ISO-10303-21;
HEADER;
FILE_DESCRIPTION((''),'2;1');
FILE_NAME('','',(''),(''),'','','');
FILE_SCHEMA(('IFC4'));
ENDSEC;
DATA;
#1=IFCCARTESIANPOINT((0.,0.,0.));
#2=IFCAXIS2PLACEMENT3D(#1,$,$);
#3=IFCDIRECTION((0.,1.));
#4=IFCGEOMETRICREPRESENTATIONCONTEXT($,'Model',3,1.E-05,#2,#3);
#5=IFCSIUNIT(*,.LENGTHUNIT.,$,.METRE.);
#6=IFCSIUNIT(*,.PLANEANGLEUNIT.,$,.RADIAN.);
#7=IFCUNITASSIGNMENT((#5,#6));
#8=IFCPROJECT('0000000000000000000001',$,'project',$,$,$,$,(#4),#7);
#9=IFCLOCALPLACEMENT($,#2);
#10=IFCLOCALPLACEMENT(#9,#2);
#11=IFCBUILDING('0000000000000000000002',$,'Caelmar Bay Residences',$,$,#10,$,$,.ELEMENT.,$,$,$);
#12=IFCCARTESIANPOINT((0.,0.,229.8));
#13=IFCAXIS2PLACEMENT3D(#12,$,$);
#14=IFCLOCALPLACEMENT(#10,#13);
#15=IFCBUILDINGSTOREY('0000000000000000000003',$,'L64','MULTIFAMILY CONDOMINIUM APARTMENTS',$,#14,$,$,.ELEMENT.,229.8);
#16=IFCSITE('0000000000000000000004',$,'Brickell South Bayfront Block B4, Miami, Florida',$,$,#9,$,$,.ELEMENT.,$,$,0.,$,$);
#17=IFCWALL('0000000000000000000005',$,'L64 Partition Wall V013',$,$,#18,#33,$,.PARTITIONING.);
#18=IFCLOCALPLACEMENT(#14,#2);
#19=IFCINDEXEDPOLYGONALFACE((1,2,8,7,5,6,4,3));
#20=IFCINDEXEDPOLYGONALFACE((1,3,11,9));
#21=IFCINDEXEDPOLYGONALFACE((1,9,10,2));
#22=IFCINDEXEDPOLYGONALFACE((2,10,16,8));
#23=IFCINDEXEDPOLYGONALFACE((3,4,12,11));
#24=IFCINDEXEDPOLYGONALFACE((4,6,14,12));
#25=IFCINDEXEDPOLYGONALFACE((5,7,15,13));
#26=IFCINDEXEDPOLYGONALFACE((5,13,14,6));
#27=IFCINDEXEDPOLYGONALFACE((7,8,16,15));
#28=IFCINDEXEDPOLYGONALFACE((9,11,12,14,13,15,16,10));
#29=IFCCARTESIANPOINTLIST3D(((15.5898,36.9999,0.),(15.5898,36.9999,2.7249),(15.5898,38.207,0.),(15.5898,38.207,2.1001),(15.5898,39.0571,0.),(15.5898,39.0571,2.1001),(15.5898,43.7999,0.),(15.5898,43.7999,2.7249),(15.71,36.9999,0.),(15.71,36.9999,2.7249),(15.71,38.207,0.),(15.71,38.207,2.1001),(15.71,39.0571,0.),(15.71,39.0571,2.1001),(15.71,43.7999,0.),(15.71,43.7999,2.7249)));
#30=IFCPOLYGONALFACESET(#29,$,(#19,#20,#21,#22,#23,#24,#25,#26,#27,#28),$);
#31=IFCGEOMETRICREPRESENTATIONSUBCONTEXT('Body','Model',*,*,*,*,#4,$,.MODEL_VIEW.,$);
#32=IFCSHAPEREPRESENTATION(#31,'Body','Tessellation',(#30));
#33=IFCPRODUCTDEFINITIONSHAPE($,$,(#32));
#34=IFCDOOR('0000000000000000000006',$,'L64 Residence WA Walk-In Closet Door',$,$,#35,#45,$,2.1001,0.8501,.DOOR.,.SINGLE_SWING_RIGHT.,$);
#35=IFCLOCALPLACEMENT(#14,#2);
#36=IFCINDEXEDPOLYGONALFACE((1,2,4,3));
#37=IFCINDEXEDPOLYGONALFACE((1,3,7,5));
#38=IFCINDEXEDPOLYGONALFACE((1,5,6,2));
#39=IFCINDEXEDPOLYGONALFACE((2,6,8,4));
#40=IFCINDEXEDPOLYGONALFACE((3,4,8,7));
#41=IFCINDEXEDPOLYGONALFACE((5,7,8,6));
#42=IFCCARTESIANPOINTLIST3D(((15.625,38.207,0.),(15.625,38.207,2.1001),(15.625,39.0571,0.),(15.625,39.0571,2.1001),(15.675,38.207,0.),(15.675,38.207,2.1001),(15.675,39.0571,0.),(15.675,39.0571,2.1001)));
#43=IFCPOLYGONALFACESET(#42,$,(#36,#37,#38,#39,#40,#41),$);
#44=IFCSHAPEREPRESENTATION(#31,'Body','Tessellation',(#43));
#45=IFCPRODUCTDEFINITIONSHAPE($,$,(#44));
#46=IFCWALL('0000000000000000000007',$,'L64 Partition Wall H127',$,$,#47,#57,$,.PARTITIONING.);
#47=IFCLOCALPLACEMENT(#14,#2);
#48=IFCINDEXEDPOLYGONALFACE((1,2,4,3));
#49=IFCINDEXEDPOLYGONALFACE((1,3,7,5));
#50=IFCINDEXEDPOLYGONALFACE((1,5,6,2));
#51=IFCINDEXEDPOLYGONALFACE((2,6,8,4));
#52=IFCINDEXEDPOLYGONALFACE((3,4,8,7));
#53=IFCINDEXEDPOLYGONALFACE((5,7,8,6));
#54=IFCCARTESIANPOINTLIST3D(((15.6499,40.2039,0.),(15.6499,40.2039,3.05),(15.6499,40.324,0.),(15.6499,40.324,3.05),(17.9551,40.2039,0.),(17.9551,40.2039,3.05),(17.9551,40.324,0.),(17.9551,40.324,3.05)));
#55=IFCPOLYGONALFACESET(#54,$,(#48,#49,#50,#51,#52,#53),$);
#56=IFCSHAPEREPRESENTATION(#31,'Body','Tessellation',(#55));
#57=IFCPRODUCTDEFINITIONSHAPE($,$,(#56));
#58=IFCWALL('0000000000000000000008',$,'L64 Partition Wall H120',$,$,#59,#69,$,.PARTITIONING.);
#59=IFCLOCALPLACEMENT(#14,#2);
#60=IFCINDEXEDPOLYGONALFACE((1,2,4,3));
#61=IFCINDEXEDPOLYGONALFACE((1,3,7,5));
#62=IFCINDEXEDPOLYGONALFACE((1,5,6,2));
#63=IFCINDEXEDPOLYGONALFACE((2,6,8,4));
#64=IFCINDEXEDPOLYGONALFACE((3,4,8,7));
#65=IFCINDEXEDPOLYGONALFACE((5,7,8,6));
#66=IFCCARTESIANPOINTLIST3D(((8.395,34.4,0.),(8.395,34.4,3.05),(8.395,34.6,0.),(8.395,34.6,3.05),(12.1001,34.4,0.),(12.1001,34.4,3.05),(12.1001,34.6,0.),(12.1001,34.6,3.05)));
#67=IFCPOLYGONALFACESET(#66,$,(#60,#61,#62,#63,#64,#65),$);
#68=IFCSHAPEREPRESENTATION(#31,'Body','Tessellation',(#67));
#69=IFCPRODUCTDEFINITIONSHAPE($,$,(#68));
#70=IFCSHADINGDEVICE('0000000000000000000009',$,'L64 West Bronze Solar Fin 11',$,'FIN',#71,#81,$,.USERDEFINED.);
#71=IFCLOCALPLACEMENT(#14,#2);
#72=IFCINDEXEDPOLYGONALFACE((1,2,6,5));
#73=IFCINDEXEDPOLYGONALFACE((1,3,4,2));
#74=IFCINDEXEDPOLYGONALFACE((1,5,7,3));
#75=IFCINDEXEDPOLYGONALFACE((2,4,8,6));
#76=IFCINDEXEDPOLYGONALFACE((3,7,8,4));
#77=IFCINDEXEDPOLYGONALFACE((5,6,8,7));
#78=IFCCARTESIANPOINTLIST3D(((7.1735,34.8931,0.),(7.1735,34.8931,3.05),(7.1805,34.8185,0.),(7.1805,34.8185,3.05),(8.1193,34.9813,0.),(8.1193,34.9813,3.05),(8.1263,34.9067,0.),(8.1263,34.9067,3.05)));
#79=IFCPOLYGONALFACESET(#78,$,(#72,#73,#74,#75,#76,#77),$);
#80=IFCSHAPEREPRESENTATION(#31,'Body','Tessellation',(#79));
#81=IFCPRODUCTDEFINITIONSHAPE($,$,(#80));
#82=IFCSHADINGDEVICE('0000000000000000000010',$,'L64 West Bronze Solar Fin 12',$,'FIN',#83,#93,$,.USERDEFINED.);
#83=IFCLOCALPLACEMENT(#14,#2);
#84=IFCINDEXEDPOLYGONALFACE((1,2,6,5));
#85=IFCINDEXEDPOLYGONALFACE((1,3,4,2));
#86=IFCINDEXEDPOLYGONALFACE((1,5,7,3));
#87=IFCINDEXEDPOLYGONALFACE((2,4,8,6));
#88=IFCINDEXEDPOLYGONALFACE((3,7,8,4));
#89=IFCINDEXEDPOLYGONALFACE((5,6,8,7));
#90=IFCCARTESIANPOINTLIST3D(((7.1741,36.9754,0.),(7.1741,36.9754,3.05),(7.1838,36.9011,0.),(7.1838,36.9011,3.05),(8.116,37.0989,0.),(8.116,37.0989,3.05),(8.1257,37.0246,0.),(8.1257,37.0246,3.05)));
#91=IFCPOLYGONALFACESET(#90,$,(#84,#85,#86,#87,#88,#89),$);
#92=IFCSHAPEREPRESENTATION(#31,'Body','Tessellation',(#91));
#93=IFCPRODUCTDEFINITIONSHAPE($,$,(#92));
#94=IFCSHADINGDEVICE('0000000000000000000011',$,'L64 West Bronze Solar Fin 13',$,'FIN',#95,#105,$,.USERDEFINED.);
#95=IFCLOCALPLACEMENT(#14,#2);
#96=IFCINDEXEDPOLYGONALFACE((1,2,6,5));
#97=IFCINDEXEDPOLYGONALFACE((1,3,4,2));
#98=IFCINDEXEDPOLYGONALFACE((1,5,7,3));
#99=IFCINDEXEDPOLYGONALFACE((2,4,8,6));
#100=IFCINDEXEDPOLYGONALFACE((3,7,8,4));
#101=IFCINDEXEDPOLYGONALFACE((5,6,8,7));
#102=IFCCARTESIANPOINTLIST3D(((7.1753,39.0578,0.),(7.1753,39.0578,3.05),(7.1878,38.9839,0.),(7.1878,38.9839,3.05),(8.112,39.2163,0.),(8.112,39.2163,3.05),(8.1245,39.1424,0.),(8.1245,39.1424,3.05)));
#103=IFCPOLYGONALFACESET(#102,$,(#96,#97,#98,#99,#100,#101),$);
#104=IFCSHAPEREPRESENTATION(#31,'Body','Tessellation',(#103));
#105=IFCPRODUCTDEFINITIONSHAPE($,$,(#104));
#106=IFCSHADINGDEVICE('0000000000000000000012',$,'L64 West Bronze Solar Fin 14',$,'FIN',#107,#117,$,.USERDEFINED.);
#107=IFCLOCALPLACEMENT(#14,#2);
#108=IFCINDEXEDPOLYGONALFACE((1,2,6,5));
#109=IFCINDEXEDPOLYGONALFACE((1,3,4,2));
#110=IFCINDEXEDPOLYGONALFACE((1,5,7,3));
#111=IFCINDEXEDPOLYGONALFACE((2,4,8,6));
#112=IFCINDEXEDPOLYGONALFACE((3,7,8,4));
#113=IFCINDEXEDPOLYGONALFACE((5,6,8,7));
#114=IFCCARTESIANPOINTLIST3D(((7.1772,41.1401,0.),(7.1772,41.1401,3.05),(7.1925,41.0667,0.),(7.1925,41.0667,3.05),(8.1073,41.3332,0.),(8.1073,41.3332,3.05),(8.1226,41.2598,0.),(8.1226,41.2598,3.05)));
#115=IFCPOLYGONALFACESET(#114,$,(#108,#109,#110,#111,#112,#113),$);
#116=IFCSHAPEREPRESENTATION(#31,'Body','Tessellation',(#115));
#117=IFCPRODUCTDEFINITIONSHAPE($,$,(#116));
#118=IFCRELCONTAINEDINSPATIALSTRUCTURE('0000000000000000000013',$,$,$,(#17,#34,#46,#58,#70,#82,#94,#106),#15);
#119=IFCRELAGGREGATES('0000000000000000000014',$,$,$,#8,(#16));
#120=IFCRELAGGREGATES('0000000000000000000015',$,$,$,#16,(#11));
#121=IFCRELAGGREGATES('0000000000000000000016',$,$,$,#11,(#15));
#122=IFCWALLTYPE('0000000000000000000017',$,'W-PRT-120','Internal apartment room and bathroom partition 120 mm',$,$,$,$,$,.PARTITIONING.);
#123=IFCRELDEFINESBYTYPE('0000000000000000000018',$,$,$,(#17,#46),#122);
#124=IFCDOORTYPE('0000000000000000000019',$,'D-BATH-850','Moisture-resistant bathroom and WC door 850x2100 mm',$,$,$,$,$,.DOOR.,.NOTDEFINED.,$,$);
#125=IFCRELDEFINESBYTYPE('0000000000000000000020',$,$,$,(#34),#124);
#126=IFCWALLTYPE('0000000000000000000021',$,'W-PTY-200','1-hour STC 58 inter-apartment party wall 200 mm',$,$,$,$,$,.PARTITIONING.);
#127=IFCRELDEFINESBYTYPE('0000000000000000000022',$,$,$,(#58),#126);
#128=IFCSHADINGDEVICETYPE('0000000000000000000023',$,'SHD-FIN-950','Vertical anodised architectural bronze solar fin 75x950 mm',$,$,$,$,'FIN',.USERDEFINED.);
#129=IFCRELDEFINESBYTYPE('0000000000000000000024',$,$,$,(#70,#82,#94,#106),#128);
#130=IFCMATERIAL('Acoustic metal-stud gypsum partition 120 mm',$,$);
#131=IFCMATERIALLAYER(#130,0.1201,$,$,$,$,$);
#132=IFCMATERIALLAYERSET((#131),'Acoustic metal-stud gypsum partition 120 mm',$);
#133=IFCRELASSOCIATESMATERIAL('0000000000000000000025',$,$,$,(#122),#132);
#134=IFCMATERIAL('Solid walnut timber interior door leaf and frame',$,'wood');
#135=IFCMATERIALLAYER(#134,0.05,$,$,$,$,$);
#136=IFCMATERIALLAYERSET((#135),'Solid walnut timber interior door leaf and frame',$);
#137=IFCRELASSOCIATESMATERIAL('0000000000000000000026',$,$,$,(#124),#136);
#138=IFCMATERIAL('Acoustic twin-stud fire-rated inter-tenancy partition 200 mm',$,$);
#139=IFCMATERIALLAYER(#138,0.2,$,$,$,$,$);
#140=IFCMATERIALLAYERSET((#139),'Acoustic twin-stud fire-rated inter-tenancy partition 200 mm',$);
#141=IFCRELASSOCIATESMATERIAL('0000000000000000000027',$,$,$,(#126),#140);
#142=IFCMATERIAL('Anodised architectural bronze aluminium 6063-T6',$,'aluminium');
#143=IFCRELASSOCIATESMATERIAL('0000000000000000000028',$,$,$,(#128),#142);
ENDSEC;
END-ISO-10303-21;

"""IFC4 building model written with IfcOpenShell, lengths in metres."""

from ifc_helpers import new_model, si_unit, direction, frame, frame_2d, origin, origin_2d, place, context, subcontext, project, spatial, rectangle, extrude, material, layer, layer_set, material_profile, profile_set, type_object, element, fill, save


model = new_model("IFC4")

# Units and contexts
model_context = context("Model", 3, precision=1e-05, world=origin(), true_north=direction((0.0, 1.0)))
body_context = subcontext(model_context, "Body", "Model", "MODEL_VIEW")
ifc_project = project(units=[si_unit("LENGTHUNIT", "METRE"), si_unit("PLANEANGLEUNIT", "RADIAN")], contexts=[model_context])

# Site, building, storey
site_placement = place(None, origin())
site = spatial("IfcSite", under=ifc_project, at=site_placement, Name="Brickell South Bayfront Block B4, Miami, Florida", CompositionType="ELEMENT", RefElevation=0.0)
building_placement = place(site_placement, origin())
building = spatial("IfcBuilding", under=site, at=building_placement, Name="Caelmar Bay Residences", CompositionType="ELEMENT")
storey_placement = place(building_placement, frame((0.0, 0.0, 229.8)))
storey = spatial("IfcBuildingStorey", under=building, at=storey_placement, Name="L64", Description="MULTIFAMILY CONDOMINIUM APARTMENTS", CompositionType="ELEMENT", Elevation=229.8)

# Shared definitions
ifc_material_1 = material(Name="Acoustic metal-stud gypsum partition 120 mm")
ifc_layer_1 = layer(ifc_material_1, 0.1201)
ifc_layer_set_1 = layer_set([ifc_layer_1], Name="Acoustic metal-stud gypsum partition 120 mm")
wall_type_1 = type_object("IfcWallType", Name="W-PRT-120", Description="Internal apartment room and bathroom partition 120 mm", PredefinedType="PARTITIONING", material=ifc_layer_set_1)
ifc_material_2 = material(Name="Solid walnut timber interior door leaf and frame", Category="wood")

# Wall, opening, door
wall_1_placement = place(storey_placement, frame((15.6499, 37.0, 0.0), z_axis=(0.0, 0.0, 1.0), x_axis=(0.0, 1.0, 0.0)))
wall_1 = element("IfcWall", 1, at=wall_1_placement, inside=storey, type_object=wall_type_1, Name="L64 Partition Wall V013", PredefinedType="PARTITIONING", context=body_context, shape_type="SweptSolid", body=[
    extrude(rectangle(XDim=6.8, YDim=0.1201, at=frame_2d((3.3999, 0.0))), origin(), (0.0, 0.0, 1.0), 2.7249),
])
opening_1_placement = place(wall_1_placement, frame((1.207, 0.0, 0.0)))
opening_1 = element("IfcOpeningElement", 2, at=opening_1_placement, cuts=wall_1, PredefinedType="OPENING", context=body_context, shape_type="SweptSolid", body=[
    extrude(rectangle(XDim=0.8501, YDim=2.1001, at=frame_2d((0.425, 1.05))), frame((0.0, 0.0701, 0.0), z_axis=(0.0, -1.0, 0.0), x_axis=(1.0, 0.0, 0.0)), (0.0, 0.0, 1.0), 0.1401),
])
ifc_layer_2 = layer(ifc_material_2, 0.05)
ifc_layer_set_2 = layer_set([ifc_layer_2], Name="Solid walnut timber interior door leaf and frame")
door_type_1 = type_object("IfcDoorType", Name="D-BATH-850", Description="Moisture-resistant bathroom and WC door 850x2100 mm", OperationType="NOTDEFINED", PredefinedType="DOOR", material=ifc_layer_set_2)
door_1_placement = place(opening_1_placement, origin())
door_1 = element("IfcDoor", 3, at=door_1_placement, inside=storey, type_object=door_type_1, Name="L64 Residence WA Walk-In Closet Door", OperationType="SINGLE_SWING_RIGHT", OverallHeight=2.1001, OverallWidth=0.8501, PredefinedType="DOOR", context=body_context, shape_type="SweptSolid", body=[
    extrude(rectangle(XDim=0.8501, YDim=2.1001, at=frame_2d((0.425, 1.05))), frame((0.0, 0.0249, 0.0), z_axis=(0.0, -1.0, 0.0), x_axis=(1.0, 0.0, 0.0)), (0.0, 0.0, 1.0), 0.05),
])
fill(opening_1, door_1)

# Walls
wall_2_placement = place(storey_placement, frame((15.6499, 40.2639, 0.0), z_axis=(0.0, 0.0, 1.0), x_axis=(1.0, 0.0, 0.0)))
element("IfcWall", 4, at=wall_2_placement, inside=storey, type_object=wall_type_1, Name="L64 Partition Wall H127", PredefinedType="PARTITIONING", context=body_context, shape_type="SweptSolid", body=[
    extrude(rectangle(XDim=2.3052, YDim=0.1201, at=frame_2d((1.1526, 0.0))), origin(), (0.0, 0.0, 1.0), 3.05),
])
ifc_material_3 = material(Name="Acoustic twin-stud fire-rated inter-tenancy partition 200 mm")
ifc_layer_3 = layer(ifc_material_3, 0.2)
ifc_layer_set_3 = layer_set([ifc_layer_3], Name="Acoustic twin-stud fire-rated inter-tenancy partition 200 mm")
wall_type_2 = type_object("IfcWallType", Name="W-PTY-200", Description="1-hour STC 58 inter-apartment party wall 200 mm", PredefinedType="PARTITIONING", material=ifc_layer_set_3)
wall_3_placement = place(storey_placement, frame((8.395, 34.5, 0.0), z_axis=(0.0, 0.0, 1.0), x_axis=(1.0, 0.0, 0.0)))
element("IfcWall", 5, at=wall_3_placement, inside=storey, type_object=wall_type_2, Name="L64 Partition Wall H120", PredefinedType="PARTITIONING", context=body_context, shape_type="SweptSolid", body=[
    extrude(rectangle(XDim=3.7051, YDim=0.2, at=frame_2d((1.8525, 0.0))), origin(), (0.0, 0.0, 1.0), 3.05),
])

# Shading devices
ifc_material_4 = material(Name="Anodised architectural bronze aluminium 6063-T6", Category="aluminium")
ifc_material_profile = material_profile(ifc_material_4, rectangle(XDim=0.075, YDim=0.95, at=origin_2d()), Name="BRONZE-FIN-75X950")
ifc_profile_set = profile_set([ifc_material_profile], Name="Anodised architectural bronze aluminium 6063-T6")
shading_device_type = type_object("IfcShadingDeviceType", Name="SHD-FIN-950", Description="Vertical anodised architectural bronze solar fin 75x950 mm", ElementType="FIN", PredefinedType="USERDEFINED", material=ifc_profile_set)
for number, where, z_axis, x_axis, name in (
    (6, (7.6499, 34.8999, 0.0), (0.0, 0.0, 1.0), (-0.092892, 0.995676, 0.0), "L64 West Bronze Solar Fin 11"),
    (7, (7.6499, 37.0, 0.0), (0.0, 0.0, 1.0), (-0.130007, 0.991513, 0.0), "L64 West Bronze Solar Fin 12"),
    (8, (7.6499, 39.1001, 0.0), (0.0, 0.0, 1.0), (-0.166769, 0.985996, 0.0), "L64 West Bronze Solar Fin 13"),
    (9, (7.6499, 41.2, 0.0), (0.0, 0.0, 1.0), (-0.2033, 0.979116, 0.0), "L64 West Bronze Solar Fin 14"),
):
    element("IfcShadingDevice", number, at=place(storey_placement, frame(where, z_axis=z_axis, x_axis=x_axis)), inside=storey, type_object=shading_device_type, Name=name, ObjectType="FIN", PredefinedType="USERDEFINED", context=body_context, shape_type="SweptSolid", body=[
        extrude(rectangle(XDim=0.075, YDim=0.95, at=origin_2d()), origin(), (0.0, 0.0, 1.0), 3.05),
    ])

save(model, "model.ifc")
